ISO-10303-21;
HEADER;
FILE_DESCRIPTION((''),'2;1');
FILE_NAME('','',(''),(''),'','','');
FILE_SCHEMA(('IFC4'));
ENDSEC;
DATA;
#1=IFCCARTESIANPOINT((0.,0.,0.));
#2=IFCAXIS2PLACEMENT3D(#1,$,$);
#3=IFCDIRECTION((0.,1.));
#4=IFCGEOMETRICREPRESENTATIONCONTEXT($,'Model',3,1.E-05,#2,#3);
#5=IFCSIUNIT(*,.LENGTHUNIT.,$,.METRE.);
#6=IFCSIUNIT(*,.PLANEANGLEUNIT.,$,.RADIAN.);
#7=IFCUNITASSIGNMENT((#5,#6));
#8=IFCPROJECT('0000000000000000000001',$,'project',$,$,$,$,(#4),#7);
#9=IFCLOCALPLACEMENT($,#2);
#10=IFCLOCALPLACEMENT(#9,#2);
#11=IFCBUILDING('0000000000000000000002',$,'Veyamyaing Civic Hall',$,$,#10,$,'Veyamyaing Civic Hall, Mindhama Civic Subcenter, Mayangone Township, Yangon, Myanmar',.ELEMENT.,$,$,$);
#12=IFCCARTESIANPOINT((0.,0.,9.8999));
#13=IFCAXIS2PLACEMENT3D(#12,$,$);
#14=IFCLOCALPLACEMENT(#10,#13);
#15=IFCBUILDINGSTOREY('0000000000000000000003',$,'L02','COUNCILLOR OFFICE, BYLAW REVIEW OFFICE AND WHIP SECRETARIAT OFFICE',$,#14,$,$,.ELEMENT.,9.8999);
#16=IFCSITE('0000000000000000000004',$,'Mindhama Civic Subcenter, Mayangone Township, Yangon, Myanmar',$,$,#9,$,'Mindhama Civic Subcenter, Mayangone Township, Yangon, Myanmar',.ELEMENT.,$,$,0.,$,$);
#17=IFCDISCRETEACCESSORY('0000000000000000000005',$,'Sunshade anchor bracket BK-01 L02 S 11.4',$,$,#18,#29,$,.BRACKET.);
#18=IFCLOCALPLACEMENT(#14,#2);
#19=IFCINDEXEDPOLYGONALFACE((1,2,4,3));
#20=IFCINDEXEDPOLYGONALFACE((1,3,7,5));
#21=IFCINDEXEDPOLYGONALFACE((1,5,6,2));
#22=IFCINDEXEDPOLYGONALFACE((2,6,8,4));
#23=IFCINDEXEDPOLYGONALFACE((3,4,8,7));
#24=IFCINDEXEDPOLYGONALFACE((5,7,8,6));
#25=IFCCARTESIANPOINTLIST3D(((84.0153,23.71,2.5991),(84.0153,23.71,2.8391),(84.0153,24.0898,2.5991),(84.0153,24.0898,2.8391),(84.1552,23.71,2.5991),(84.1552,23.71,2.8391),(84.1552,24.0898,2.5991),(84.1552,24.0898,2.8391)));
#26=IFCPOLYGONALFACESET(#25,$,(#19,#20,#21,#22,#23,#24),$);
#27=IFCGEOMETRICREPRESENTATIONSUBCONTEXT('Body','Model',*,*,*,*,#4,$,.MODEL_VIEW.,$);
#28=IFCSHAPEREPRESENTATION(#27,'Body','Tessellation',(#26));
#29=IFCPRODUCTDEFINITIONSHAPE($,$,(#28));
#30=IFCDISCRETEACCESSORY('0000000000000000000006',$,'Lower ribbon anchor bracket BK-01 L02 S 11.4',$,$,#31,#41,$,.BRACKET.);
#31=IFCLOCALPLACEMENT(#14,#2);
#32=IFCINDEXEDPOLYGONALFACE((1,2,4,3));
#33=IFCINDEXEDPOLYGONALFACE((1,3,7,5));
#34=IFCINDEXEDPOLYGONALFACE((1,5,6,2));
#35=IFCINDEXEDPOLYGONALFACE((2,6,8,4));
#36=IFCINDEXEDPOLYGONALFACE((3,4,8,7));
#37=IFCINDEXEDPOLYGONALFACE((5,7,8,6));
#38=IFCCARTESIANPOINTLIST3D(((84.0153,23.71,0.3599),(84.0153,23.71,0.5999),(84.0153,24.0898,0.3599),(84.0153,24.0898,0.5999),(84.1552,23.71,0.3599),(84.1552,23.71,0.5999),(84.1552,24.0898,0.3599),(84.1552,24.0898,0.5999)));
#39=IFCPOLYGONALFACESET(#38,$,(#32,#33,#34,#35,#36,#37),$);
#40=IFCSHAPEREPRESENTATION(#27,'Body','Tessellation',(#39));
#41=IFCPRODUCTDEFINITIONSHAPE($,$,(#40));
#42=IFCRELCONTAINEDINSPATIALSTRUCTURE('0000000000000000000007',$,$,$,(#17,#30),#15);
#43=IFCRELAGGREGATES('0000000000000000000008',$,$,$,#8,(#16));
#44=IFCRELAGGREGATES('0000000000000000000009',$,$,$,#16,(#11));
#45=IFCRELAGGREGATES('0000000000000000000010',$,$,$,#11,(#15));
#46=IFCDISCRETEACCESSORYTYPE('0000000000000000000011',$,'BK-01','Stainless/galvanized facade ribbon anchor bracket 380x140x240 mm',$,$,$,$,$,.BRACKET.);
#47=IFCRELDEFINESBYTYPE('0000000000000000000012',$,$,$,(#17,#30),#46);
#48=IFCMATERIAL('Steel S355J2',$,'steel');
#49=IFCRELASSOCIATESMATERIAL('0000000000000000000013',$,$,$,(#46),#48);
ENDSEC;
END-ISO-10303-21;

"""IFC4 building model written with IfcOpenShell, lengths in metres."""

from ifc_helpers import new_model, si_unit, direction, frame, origin, origin_2d, place, context, subcontext, project, spatial, rectangle, extrude, material, type_object, element, save


model = new_model("IFC4")

# Units and contexts
model_context = context("Model", 3, precision=1e-05, world=origin(), true_north=direction((0.0, 1.0)))
body_context = subcontext(model_context, "Body", "Model", "MODEL_VIEW")
ifc_project = project(units=[si_unit("LENGTHUNIT", "METRE"), si_unit("PLANEANGLEUNIT", "RADIAN")], contexts=[model_context])

# Site, building, storey
site_placement = place(None, origin())
site = spatial("IfcSite", under=ifc_project, at=site_placement, Name="Mindhama Civic Subcenter, Mayangone Township, Yangon, Myanmar", LongName="Mindhama Civic Subcenter, Mayangone Township, Yangon, Myanmar", CompositionType="ELEMENT", RefElevation=0.0)
building_placement = place(site_placement, origin())
building = spatial("IfcBuilding", under=site, at=building_placement, Name="Veyamyaing Civic Hall", LongName="Veyamyaing Civic Hall, Mindhama Civic Subcenter, Mayangone Township, Yangon, Myanmar", CompositionType="ELEMENT")
storey_placement = place(building_placement, frame((0.0, 0.0, 9.8999)))
storey = spatial("IfcBuildingStorey", under=building, at=storey_placement, Name="L02", Description="COUNCILLOR OFFICE, BYLAW REVIEW OFFICE AND WHIP SECRETARIAT OFFICE", CompositionType="ELEMENT", Elevation=9.8999)

# Shared definitions
ifc_material_1 = material(Name="Steel S355J2", Category="steel")

# Discrete accessories
discrete_accessory_type = type_object("IfcDiscreteAccessoryType", Name="BK-01", Description="Stainless/galvanized facade ribbon anchor bracket 380x140x240 mm", PredefinedType="BRACKET", material=ifc_material_1)
for number, where, z_axis, x_axis, name in (
    (1, (84.0852, 23.8999, 2.5991), (0.0, 0.0, 1.0), (0.0, -1.0, 0.0), "Sunshade anchor bracket BK-01 L02 S 11.4"),
    (2, (84.0852, 23.8999, 0.3599), (0.0, 0.0, 1.0), (0.0, -1.0, 0.0), "Lower ribbon anchor bracket BK-01 L02 S 11.4"),
):
    element("IfcDiscreteAccessory", number, at=place(storey_placement, frame(where, z_axis=z_axis, x_axis=x_axis)), inside=storey, type_object=discrete_accessory_type, Name=name, PredefinedType="BRACKET", context=body_context, shape_type="SweptSolid", body=[
        extrude(rectangle(XDim=0.3799, YDim=0.1399, at=origin_2d()), origin(), (0.0, 0.0, 1.0), 0.24),
    ])

save(model, "model.ifc")
